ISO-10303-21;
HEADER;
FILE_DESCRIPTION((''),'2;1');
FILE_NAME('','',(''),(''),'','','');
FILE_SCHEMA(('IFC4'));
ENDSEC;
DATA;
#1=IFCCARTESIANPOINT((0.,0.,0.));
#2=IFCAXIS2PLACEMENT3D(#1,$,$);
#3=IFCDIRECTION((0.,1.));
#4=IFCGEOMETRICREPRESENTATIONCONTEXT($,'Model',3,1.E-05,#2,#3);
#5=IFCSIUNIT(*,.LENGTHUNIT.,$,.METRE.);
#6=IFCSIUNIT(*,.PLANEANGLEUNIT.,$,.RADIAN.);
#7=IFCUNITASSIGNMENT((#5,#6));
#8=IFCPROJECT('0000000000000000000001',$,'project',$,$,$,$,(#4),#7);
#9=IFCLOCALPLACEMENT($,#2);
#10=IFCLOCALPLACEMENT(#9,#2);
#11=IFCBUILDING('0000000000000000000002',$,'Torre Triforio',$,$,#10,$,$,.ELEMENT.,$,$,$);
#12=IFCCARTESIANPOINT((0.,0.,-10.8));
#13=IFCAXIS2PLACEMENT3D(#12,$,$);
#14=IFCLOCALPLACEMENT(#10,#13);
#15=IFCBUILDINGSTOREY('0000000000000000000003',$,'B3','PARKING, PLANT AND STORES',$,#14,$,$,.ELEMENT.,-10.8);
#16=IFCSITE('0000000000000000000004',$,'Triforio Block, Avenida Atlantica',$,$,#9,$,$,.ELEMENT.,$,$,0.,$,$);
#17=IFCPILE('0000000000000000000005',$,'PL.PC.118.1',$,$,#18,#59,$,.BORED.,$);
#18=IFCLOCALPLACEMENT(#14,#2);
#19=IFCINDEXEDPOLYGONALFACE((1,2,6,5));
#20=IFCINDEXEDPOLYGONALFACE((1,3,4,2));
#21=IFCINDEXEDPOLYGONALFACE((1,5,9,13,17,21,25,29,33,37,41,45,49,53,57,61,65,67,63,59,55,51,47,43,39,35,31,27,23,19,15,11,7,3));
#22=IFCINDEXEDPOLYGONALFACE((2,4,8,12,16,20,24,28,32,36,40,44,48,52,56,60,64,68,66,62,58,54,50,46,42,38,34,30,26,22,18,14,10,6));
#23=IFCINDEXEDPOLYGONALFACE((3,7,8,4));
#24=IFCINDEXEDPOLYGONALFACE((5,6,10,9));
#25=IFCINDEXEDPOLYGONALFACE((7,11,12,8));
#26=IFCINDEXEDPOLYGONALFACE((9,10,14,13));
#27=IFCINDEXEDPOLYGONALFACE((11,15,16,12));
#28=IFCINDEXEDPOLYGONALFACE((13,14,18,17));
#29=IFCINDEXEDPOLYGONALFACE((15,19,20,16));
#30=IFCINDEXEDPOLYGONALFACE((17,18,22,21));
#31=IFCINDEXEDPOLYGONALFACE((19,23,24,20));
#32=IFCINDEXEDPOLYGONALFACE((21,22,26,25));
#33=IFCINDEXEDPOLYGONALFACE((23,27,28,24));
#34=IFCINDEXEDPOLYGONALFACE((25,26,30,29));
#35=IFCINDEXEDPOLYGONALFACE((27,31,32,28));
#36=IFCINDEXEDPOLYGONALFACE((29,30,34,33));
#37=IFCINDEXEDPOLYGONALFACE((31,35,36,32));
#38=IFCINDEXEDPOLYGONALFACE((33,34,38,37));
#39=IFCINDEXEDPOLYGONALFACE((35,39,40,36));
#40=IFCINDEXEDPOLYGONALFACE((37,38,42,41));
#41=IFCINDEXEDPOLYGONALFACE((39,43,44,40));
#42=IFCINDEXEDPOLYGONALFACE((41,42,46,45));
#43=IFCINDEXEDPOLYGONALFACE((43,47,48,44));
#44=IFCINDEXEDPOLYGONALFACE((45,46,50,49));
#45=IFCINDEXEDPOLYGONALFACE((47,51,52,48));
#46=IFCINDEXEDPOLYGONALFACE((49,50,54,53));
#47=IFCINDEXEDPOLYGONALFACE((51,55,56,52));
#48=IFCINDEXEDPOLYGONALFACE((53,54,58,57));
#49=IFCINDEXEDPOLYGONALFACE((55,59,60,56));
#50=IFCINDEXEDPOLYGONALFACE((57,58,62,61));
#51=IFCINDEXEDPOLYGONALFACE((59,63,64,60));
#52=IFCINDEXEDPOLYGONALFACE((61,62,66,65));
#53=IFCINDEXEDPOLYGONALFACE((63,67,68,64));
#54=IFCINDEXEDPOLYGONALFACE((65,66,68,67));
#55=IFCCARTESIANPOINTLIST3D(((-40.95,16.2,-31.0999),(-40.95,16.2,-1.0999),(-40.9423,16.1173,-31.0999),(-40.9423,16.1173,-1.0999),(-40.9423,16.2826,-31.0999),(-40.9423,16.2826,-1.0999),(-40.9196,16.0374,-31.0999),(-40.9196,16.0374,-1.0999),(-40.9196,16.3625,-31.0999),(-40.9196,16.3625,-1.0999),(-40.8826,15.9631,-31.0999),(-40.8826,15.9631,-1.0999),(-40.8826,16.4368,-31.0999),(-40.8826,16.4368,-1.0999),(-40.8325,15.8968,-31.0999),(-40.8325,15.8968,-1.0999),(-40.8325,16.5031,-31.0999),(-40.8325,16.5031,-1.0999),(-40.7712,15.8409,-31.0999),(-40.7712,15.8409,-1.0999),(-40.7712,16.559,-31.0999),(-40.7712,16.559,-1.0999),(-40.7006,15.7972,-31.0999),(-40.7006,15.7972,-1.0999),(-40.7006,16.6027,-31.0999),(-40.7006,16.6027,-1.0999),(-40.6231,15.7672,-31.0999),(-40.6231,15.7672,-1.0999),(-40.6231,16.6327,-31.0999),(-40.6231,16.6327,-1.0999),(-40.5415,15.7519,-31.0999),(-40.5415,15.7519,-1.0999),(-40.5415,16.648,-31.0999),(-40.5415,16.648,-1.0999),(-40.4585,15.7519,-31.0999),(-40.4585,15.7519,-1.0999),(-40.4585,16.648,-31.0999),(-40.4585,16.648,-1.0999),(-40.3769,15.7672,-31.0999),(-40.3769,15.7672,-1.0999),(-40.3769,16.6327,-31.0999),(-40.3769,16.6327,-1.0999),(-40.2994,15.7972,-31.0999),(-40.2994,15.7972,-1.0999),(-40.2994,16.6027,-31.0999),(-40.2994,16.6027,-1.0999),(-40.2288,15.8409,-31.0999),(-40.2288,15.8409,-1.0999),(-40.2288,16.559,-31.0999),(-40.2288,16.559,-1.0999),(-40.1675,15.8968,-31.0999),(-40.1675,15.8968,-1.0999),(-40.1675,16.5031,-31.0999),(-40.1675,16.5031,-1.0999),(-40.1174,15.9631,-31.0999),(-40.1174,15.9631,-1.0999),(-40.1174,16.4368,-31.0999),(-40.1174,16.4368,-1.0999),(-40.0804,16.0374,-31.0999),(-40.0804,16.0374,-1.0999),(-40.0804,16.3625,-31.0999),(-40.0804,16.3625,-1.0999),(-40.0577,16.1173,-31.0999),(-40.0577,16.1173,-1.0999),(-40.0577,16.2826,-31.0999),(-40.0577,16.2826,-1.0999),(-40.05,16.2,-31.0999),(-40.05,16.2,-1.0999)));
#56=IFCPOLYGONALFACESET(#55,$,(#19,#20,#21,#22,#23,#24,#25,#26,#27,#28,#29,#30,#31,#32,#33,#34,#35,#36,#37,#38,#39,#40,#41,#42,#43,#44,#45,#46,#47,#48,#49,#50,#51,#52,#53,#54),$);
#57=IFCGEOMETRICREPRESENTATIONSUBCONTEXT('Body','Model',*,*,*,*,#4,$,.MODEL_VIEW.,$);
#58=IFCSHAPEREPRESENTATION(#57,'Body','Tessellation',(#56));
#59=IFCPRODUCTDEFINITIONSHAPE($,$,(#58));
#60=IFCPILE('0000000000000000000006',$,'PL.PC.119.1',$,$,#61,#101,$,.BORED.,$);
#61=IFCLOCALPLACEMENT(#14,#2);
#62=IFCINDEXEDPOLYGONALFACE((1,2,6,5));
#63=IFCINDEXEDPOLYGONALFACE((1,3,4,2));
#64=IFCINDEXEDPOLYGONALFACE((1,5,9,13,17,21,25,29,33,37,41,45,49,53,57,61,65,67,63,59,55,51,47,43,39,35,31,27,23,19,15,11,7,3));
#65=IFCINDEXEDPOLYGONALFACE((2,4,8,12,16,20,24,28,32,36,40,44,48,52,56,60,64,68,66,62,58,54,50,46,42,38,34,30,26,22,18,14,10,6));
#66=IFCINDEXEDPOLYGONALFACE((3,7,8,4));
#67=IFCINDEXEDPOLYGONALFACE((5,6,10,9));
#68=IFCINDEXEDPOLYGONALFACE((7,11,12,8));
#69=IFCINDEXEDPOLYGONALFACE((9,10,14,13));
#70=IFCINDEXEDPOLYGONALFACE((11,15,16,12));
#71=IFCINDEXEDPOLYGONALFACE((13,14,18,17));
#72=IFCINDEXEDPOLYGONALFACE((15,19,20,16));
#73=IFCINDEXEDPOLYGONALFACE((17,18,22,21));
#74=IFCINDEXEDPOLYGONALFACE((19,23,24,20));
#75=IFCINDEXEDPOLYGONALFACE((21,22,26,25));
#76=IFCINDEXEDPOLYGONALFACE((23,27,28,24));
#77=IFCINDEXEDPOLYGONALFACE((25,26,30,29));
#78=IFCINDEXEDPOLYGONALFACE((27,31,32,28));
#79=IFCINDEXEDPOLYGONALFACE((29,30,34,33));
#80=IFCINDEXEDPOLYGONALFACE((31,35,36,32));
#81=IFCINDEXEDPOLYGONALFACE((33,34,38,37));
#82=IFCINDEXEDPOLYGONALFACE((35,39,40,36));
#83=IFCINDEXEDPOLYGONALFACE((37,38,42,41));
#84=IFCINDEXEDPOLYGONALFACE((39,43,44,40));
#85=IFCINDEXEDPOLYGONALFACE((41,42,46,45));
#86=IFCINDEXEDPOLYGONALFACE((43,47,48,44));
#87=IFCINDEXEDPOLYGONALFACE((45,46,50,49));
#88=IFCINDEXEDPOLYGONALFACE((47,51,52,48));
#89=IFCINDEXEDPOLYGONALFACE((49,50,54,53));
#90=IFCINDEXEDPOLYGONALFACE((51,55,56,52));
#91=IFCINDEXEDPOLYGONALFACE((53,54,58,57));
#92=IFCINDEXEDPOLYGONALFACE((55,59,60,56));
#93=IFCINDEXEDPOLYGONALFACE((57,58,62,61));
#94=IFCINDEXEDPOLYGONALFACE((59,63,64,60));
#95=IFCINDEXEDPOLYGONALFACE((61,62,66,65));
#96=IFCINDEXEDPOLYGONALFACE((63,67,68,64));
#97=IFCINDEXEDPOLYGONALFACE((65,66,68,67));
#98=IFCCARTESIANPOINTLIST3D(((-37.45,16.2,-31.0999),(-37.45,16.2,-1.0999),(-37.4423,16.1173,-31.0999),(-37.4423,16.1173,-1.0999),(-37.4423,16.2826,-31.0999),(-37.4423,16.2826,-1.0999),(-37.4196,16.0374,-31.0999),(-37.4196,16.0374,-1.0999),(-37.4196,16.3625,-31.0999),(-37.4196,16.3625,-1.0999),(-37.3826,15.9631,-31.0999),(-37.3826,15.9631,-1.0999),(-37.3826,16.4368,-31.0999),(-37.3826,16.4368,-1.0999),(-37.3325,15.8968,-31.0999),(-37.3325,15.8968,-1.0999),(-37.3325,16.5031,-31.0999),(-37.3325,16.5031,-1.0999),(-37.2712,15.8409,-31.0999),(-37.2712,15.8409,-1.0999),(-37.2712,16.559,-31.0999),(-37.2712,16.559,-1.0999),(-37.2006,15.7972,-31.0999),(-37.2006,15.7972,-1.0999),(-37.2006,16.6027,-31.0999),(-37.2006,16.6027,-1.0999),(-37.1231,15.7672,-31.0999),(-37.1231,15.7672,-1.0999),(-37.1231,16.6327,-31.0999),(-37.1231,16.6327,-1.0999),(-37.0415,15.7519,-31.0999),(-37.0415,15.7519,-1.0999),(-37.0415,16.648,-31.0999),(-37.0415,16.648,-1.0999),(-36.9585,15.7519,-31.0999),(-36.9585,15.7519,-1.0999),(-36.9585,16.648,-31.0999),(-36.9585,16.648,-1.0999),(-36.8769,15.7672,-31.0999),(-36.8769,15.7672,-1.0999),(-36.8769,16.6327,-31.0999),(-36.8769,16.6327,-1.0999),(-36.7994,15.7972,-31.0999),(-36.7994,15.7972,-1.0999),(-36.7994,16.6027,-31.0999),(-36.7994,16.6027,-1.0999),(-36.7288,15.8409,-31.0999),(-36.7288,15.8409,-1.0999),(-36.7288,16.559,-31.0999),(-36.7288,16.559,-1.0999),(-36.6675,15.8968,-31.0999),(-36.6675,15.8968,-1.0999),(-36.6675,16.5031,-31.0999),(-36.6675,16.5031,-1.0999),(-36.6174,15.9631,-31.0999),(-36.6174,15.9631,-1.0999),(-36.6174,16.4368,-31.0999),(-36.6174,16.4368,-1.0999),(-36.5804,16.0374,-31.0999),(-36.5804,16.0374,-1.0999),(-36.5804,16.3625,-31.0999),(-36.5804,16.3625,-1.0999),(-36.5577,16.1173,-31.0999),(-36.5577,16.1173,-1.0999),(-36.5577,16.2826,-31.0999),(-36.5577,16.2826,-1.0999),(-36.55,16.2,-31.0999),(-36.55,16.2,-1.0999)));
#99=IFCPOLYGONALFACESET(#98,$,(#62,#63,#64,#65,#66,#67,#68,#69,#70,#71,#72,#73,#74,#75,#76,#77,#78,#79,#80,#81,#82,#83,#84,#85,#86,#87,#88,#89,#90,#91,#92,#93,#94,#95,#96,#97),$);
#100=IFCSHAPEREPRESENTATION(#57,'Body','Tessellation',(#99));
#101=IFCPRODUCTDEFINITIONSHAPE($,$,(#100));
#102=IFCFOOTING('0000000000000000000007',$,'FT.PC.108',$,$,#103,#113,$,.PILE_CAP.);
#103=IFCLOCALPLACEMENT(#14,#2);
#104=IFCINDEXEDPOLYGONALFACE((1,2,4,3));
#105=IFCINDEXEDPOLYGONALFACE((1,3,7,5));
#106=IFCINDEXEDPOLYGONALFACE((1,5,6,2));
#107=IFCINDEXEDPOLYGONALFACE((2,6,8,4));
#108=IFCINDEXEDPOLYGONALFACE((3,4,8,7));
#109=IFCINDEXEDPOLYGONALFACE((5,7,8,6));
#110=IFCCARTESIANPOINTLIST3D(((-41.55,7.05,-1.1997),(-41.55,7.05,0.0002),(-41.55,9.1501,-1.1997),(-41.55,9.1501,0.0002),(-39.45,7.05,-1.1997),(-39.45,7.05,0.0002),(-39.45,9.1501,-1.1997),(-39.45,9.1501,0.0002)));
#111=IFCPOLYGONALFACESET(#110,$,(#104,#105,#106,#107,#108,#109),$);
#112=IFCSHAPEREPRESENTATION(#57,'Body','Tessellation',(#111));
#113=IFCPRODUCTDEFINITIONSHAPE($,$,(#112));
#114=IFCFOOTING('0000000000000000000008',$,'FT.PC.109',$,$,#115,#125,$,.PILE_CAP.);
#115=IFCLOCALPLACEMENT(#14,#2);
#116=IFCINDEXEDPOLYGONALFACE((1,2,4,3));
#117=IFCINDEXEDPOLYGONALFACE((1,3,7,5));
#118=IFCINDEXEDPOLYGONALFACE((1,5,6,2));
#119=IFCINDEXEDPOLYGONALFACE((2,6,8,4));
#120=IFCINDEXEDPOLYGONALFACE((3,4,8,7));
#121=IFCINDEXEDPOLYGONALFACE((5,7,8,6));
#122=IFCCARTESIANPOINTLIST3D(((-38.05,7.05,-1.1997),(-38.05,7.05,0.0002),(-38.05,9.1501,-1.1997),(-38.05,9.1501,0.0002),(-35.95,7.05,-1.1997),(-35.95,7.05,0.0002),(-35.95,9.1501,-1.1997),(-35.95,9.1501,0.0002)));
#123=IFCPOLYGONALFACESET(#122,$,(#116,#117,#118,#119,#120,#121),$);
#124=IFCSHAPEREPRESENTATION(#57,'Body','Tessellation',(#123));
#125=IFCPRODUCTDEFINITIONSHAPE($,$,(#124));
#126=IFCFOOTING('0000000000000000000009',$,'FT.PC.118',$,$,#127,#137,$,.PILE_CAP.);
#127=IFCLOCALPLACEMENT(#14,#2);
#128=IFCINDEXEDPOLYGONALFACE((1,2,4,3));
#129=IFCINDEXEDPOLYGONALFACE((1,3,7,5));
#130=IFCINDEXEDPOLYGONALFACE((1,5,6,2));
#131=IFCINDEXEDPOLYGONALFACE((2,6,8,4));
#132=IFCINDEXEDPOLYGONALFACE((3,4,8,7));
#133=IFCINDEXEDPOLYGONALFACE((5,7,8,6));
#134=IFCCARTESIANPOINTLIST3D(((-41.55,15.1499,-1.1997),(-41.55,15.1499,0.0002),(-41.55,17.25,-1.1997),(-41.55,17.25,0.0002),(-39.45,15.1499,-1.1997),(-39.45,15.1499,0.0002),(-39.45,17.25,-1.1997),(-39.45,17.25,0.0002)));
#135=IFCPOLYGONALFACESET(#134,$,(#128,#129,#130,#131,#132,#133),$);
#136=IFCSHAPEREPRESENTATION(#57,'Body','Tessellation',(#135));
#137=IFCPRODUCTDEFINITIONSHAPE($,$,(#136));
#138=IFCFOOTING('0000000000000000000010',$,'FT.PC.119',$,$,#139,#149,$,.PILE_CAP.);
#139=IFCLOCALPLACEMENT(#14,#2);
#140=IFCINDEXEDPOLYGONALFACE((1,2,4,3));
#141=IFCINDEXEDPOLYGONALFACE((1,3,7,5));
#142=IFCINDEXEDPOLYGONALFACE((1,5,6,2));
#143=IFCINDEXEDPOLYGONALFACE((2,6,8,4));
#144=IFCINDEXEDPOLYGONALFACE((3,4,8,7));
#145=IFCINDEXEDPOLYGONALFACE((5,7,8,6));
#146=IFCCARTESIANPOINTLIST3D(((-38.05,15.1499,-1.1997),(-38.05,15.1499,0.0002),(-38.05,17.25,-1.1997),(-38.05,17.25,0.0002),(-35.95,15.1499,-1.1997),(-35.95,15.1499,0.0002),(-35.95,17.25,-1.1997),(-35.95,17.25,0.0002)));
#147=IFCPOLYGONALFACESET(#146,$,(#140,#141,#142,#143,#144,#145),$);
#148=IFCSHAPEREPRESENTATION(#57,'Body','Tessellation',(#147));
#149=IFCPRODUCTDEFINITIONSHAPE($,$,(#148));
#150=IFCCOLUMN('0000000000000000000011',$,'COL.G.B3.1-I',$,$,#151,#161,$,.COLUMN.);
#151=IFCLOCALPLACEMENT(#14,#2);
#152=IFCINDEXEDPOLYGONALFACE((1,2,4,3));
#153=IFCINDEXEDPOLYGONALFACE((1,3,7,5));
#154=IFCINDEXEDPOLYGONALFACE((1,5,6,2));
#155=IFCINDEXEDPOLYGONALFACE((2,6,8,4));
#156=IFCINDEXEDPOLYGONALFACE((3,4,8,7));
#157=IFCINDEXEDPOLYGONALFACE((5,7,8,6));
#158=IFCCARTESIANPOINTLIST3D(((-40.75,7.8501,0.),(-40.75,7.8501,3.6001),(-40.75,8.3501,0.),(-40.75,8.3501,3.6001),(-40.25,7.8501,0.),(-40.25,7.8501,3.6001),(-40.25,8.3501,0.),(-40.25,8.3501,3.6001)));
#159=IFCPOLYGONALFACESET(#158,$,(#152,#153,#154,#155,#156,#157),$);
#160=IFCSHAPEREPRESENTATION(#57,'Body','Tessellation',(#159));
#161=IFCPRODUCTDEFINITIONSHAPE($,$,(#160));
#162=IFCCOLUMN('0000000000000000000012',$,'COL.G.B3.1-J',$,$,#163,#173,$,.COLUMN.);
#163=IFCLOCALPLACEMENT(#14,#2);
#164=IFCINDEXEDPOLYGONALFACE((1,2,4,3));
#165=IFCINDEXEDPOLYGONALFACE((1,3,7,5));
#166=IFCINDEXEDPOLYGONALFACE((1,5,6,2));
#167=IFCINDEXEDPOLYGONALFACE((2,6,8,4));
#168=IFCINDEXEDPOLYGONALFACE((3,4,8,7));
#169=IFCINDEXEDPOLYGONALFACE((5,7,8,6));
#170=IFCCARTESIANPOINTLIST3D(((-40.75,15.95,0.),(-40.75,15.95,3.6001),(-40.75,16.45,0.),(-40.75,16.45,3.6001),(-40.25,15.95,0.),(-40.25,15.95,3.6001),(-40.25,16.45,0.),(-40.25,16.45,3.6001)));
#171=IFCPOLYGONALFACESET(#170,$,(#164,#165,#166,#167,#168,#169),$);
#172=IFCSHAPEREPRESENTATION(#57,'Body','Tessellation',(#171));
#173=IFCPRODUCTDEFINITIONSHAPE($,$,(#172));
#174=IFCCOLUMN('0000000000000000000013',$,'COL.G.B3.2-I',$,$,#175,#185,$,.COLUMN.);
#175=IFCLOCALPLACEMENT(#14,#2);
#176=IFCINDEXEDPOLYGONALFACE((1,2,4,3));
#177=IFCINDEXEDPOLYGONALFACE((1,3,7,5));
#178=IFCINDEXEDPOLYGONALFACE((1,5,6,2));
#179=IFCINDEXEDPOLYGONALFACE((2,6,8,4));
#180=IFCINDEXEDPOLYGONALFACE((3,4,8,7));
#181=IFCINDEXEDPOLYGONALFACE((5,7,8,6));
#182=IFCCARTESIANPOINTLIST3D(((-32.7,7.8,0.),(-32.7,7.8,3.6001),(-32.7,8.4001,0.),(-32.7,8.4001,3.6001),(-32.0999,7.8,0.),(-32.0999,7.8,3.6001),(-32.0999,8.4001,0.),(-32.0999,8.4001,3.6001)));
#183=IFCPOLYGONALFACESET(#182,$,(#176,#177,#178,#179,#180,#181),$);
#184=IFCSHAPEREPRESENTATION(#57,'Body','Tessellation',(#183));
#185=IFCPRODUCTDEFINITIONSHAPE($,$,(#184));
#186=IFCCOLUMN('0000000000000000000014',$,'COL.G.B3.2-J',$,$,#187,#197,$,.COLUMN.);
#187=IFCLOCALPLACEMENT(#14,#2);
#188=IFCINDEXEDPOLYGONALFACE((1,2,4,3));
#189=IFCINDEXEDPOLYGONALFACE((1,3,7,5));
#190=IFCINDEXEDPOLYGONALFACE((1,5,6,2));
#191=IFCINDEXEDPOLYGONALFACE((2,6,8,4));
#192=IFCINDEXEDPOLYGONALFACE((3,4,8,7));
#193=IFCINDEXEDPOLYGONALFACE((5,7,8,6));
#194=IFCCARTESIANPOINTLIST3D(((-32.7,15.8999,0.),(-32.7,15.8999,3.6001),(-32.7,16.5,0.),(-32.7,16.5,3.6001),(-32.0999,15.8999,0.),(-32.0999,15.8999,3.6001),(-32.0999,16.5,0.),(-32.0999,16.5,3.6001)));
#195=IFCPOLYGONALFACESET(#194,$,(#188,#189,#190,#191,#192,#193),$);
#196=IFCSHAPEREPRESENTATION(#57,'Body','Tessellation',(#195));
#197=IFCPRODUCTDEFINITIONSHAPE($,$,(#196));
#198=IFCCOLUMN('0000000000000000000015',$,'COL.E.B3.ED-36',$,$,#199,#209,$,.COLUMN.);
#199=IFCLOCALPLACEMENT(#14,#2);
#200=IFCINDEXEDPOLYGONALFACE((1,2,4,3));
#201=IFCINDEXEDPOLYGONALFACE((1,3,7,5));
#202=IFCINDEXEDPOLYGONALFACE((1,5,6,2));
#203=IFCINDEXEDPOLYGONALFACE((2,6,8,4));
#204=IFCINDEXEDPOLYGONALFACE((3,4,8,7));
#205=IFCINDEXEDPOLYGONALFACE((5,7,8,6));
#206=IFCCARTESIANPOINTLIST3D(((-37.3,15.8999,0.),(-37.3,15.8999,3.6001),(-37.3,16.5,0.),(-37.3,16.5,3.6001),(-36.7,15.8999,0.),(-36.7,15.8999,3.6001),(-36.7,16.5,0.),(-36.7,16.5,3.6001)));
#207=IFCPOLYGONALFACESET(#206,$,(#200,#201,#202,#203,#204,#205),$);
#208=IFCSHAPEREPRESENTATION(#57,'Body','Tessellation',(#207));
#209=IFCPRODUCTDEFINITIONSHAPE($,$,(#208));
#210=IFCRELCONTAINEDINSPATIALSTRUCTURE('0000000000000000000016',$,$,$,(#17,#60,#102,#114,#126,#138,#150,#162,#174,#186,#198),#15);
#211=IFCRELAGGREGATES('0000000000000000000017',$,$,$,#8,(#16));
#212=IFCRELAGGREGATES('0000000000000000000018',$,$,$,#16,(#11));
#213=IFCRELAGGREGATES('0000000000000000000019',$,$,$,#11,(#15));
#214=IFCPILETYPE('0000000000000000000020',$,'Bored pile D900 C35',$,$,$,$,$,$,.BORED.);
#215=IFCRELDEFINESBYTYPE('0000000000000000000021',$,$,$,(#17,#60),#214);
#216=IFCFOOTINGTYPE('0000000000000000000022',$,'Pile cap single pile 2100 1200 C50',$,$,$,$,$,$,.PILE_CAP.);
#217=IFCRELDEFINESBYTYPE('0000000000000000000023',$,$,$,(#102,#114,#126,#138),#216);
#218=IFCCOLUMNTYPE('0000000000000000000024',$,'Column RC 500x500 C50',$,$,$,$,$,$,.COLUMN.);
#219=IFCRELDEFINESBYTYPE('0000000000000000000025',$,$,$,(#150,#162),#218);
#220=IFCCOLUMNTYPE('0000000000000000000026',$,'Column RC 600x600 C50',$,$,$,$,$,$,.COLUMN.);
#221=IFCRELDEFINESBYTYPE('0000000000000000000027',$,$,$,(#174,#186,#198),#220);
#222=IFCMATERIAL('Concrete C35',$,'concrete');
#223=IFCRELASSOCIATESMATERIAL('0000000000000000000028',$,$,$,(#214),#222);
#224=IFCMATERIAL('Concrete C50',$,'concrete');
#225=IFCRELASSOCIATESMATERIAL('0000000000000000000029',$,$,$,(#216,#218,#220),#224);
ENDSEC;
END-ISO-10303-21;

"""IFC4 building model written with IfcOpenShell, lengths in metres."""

from ifc_helpers import new_model, si_unit, direction, frame, origin, origin_2d, place, context, subcontext, project, spatial, rectangle, circle, extrude, material, material_profile, profile_set, type_object, element, save


model = new_model("IFC4")

# Units and contexts
model_context = context("Model", 3, precision=1e-05, world=origin(), true_north=direction((0.0, 1.0)))
body_context = subcontext(model_context, "Body", "Model", "MODEL_VIEW")
ifc_project = project(units=[si_unit("LENGTHUNIT", "METRE"), si_unit("PLANEANGLEUNIT", "RADIAN")], contexts=[model_context])

# Site, building, storey
site_placement = place(None, origin())
site = spatial("IfcSite", under=ifc_project, at=site_placement, Name="Triforio Block, Avenida Atlantica", CompositionType="ELEMENT", RefElevation=0.0)
building_placement = place(site_placement, origin())
building = spatial("IfcBuilding", under=site, at=building_placement, Name="Torre Triforio", CompositionType="ELEMENT")
storey_placement = place(building_placement, frame((0.0, 0.0, -10.8)))
storey = spatial("IfcBuildingStorey", under=building, at=storey_placement, Name="B3", Description="PARKING, PLANT AND STORES", CompositionType="ELEMENT", Elevation=-10.8)

# Piles
ifc_material_1 = material(Name="Concrete C35", Category="concrete")
ifc_material_profile_1 = material_profile(ifc_material_1, circle(Radius=0.45, at=origin_2d()), Name="RC D900")
ifc_profile_set_1 = profile_set([ifc_material_profile_1], Name="Concrete C35")
pile_type = type_object("IfcPileType", Name="Bored pile D900 C35", PredefinedType="BORED", material=ifc_profile_set_1)
for number, where, z_axis, x_axis, name in (
    (1, (-40.5, 16.2, -1.0999), (0.0, 0.0, -1.0), (1.0, 0.0, 0.0), "PL.PC.118.1"),
    (2, (-37.0, 16.2, -1.0999), (0.0, 0.0, -1.0), (1.0, 0.0, 0.0), "PL.PC.119.1"),
):
    element("IfcPile", number, at=place(storey_placement, frame(where, z_axis=z_axis, x_axis=x_axis)), inside=storey, type_object=pile_type, Name=name, PredefinedType="BORED", context=body_context, shape_type="SweptSolid", body=[
        extrude(circle(Radius=0.45, at=origin_2d()), origin(), (0.0, 0.0, 1.0), 30.0),
    ])

# Footings
ifc_material_2 = material(Name="Concrete C50", Category="concrete")
footing_type = type_object("IfcFootingType", Name="Pile cap single pile 2100 1200 C50", PredefinedType="PILE_CAP", material=ifc_material_2)
for number, where, z_axis, x_axis, name in (
    (3, (-40.5, 8.1001, -1.1997), (0.0, 0.0, 1.0), (1.0, 0.0, 0.0), "FT.PC.108"),
    (4, (-37.0, 8.1001, -1.1997), (0.0, 0.0, 1.0), (1.0, 0.0, 0.0), "FT.PC.109"),
    (5, (-40.5, 16.2, -1.1997), (0.0, 0.0, 1.0), (1.0, 0.0, 0.0), "FT.PC.118"),
    (6, (-37.0, 16.2, -1.1997), (0.0, 0.0, 1.0), (1.0, 0.0, 0.0), "FT.PC.119"),
):
    element("IfcFooting", number, at=place(storey_placement, frame(where, z_axis=z_axis, x_axis=x_axis)), inside=storey, type_object=footing_type, Name=name, PredefinedType="PILE_CAP", context=body_context, shape_type="SweptSolid", body=[
        extrude(rectangle(XDim=2.1001, YDim=2.1001, at=origin_2d()), origin(), (0.0, 0.0, 1.0), 1.2),
    ])

# Columns
ifc_material_profile_2 = material_profile(ifc_material_2, rectangle(XDim=0.5, YDim=0.5, at=origin_2d()), Name="RC 500x500")
ifc_profile_set_2 = profile_set([ifc_material_profile_2], Name="Concrete C50")
column_type_1 = type_object("IfcColumnType", Name="Column RC 500x500 C50", PredefinedType="COLUMN", material=ifc_profile_set_2)
for number, where, z_axis, x_axis, name in (
    (7, (-40.5, 8.1001, 0.0), (0.0, 0.0, 1.0), (1.0, 0.0, 0.0), "COL.G.B3.1-I"),
    (8, (-40.5, 16.2, 0.0), (0.0, 0.0, 1.0), (1.0, 0.0, 0.0), "COL.G.B3.1-J"),
):
    element("IfcColumn", number, at=place(storey_placement, frame(where, z_axis=z_axis, x_axis=x_axis)), inside=storey, type_object=column_type_1, Name=name, PredefinedType="COLUMN", context=body_context, shape_type="SweptSolid", body=[
        extrude(rectangle(XDim=0.5, YDim=0.5, at=origin_2d()), origin(), (0.0, 0.0, 1.0), 3.6001),
    ])
ifc_material_profile_3 = material_profile(ifc_material_2, rectangle(XDim=0.6001, YDim=0.6001, at=origin_2d()), Name="RC 600x600")
ifc_profile_set_3 = profile_set([ifc_material_profile_3], Name="Concrete C50")
column_type_2 = type_object("IfcColumnType", Name="Column RC 600x600 C50", PredefinedType="COLUMN", material=ifc_profile_set_3)
for number, where, z_axis, x_axis, name in (
    (9, (-32.3999, 8.1001, 0.0), (0.0, 0.0, 1.0), (1.0, 0.0, 0.0), "COL.G.B3.2-I"),
    (10, (-32.3999, 16.2, 0.0), (0.0, 0.0, 1.0), (1.0, 0.0, 0.0), "COL.G.B3.2-J"),
    (11, (-37.0, 16.2, 0.0), (0.0, 0.0, 1.0), (1.0, 0.0, 0.0), "COL.E.B3.ED-36"),
):
    element("IfcColumn", number, at=place(storey_placement, frame(where, z_axis=z_axis, x_axis=x_axis)), inside=storey, type_object=column_type_2, Name=name, PredefinedType="COLUMN", context=body_context, shape_type="SweptSolid", body=[
        extrude(rectangle(XDim=0.6001, YDim=0.6001, at=origin_2d()), origin(), (0.0, 0.0, 1.0), 3.6001),
    ])

save(model, "model.ifc")
